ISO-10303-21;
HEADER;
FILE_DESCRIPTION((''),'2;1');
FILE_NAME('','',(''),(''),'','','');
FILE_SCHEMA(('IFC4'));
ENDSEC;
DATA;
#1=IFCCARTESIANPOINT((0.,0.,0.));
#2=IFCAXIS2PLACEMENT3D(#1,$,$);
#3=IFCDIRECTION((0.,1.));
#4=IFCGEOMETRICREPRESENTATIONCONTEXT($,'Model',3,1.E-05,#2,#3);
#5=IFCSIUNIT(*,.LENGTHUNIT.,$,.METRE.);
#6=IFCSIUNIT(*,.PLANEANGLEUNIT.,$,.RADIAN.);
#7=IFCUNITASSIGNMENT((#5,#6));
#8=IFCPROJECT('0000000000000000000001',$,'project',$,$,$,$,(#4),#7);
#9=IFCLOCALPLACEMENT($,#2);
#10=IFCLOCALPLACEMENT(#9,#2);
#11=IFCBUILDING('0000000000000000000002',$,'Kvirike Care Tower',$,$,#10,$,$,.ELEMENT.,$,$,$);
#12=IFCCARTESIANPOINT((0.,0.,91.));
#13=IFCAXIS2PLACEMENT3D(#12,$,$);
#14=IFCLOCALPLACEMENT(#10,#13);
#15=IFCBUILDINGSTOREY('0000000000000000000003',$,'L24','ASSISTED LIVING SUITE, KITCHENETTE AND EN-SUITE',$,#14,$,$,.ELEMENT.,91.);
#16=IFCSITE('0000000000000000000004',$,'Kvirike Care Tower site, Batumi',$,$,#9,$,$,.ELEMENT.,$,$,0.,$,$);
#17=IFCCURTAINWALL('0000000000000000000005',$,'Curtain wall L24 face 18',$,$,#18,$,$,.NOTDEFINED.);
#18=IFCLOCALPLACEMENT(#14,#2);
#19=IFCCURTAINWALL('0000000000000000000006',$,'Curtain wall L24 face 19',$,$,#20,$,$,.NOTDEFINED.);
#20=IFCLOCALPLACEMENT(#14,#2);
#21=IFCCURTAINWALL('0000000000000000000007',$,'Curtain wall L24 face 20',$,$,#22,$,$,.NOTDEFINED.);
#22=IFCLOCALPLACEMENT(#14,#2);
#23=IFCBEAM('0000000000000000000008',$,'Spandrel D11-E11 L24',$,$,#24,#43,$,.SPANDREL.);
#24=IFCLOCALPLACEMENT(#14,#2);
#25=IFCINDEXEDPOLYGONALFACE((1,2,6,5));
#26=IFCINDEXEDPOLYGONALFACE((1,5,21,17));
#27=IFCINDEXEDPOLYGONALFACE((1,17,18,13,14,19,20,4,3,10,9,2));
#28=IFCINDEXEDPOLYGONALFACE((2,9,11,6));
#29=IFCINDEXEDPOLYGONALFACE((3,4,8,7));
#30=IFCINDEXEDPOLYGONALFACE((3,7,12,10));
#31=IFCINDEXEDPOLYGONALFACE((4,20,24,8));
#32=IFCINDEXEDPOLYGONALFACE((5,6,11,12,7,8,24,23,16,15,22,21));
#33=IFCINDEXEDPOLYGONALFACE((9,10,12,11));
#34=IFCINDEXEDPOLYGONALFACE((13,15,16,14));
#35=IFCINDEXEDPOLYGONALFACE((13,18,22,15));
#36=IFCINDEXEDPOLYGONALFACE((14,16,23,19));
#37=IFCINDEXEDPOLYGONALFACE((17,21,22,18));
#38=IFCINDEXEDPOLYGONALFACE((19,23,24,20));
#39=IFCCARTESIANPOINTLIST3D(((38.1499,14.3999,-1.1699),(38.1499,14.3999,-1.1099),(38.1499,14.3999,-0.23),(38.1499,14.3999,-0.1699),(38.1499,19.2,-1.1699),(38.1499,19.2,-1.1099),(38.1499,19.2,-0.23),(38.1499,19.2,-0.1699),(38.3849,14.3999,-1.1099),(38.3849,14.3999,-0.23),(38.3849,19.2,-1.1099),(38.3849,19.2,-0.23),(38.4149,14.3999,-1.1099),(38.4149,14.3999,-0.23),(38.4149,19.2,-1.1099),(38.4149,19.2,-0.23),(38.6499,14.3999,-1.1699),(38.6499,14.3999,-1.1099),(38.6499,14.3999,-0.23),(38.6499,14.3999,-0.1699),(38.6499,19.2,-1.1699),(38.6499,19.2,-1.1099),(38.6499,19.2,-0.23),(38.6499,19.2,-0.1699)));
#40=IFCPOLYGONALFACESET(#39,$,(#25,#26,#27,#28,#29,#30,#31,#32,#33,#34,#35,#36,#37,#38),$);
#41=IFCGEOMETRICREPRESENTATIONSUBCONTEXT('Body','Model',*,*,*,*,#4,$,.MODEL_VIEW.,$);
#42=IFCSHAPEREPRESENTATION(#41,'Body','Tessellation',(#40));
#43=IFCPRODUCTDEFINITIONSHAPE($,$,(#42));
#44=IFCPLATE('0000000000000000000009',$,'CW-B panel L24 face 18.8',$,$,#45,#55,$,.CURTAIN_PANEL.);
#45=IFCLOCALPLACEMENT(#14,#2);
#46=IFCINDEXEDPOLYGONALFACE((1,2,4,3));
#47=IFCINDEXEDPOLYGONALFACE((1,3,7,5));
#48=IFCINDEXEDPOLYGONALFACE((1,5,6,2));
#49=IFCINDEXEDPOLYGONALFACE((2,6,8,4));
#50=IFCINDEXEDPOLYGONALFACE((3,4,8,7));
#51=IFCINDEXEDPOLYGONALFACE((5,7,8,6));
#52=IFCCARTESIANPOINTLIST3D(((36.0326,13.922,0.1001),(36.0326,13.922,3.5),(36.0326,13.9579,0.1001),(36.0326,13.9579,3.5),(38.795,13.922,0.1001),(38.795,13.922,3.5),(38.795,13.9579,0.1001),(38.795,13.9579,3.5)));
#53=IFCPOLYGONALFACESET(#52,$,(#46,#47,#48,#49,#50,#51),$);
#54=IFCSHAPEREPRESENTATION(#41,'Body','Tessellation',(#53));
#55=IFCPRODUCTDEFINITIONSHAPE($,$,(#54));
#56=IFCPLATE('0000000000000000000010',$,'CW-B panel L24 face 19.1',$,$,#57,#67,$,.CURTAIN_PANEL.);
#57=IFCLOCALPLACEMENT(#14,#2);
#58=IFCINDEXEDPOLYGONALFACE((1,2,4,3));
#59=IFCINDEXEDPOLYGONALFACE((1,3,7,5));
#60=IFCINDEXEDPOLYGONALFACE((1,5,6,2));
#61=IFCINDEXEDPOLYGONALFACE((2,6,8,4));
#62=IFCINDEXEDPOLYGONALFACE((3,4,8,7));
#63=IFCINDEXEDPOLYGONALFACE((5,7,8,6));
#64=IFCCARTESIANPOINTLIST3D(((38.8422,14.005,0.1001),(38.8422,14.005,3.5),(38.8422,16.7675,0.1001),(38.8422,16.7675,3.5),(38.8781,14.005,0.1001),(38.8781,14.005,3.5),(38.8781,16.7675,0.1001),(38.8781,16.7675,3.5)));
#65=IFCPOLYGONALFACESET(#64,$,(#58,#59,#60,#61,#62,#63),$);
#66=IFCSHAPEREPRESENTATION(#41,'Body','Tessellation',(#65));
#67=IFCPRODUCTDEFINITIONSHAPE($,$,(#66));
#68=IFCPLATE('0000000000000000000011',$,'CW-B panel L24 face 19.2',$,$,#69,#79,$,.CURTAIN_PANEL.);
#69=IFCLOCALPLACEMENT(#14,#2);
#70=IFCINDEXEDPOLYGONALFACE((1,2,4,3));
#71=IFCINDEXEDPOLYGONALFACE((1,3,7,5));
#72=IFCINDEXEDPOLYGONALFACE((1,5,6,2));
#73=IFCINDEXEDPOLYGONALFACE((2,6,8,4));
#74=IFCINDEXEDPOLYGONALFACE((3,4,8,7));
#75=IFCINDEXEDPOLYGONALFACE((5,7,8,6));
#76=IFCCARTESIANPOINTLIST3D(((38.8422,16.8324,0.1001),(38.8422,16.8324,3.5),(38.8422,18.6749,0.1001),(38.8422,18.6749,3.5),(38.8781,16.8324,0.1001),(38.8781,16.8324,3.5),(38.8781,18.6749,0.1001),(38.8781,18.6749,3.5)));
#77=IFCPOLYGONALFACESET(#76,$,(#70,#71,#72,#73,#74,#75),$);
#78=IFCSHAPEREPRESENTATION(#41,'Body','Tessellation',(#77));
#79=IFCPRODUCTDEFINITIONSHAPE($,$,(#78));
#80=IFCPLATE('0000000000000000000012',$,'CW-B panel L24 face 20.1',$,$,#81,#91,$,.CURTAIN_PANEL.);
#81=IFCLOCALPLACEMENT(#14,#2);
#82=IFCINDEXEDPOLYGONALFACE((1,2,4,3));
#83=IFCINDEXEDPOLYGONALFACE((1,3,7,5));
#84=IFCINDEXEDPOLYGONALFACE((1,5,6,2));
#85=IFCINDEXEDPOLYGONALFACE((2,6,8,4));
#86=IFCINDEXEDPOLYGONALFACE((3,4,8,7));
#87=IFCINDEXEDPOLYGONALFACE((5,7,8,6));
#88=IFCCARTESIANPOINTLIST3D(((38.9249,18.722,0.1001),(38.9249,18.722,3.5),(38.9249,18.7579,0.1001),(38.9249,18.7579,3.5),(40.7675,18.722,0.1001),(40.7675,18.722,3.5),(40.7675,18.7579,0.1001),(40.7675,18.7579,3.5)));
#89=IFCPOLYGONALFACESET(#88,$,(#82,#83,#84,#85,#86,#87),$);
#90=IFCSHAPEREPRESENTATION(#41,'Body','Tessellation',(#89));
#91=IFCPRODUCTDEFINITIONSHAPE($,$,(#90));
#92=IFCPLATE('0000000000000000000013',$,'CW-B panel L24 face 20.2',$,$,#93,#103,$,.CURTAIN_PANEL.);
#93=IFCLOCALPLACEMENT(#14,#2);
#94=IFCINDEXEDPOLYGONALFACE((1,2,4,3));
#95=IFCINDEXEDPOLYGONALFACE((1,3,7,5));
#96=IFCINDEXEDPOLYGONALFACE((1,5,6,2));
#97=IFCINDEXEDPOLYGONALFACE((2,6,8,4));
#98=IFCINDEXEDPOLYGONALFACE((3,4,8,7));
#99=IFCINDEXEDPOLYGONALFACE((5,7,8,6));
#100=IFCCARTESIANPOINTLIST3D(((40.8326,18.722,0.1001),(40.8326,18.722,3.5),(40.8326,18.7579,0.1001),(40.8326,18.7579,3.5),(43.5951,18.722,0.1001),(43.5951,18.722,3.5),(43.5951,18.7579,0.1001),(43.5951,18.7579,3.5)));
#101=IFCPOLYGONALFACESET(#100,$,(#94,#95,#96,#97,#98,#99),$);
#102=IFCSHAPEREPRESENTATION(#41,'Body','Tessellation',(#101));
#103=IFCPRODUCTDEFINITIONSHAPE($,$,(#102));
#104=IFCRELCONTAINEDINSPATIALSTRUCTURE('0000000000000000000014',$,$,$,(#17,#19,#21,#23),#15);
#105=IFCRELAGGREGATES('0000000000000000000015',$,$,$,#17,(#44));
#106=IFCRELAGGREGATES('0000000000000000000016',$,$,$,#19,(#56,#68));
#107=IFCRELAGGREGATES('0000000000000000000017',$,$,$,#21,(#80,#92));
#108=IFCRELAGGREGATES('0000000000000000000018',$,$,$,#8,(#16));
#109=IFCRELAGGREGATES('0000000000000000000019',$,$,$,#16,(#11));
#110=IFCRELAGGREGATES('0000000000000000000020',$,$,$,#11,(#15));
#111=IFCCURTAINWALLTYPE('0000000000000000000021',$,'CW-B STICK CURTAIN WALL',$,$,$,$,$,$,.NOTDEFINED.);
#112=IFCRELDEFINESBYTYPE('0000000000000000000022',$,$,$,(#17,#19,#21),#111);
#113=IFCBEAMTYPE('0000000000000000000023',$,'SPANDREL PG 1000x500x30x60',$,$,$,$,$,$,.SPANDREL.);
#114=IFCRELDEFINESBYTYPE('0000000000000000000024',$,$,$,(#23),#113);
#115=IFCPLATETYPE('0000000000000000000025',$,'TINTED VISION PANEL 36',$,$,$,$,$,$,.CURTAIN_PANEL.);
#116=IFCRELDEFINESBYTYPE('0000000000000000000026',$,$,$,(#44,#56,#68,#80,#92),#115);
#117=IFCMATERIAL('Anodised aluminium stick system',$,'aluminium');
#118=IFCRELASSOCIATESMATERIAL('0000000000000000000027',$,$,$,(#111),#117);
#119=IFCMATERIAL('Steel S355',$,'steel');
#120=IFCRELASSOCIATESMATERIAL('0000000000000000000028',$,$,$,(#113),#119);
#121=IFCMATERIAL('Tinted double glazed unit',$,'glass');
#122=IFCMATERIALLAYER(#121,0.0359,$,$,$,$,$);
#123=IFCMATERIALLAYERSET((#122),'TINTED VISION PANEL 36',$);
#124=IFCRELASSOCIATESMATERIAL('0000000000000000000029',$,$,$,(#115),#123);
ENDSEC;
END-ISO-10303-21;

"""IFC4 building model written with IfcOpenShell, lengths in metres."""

from ifc_helpers import new_model, si_unit, direction, frame, origin, origin_2d, place, context, subcontext, project, spatial, rectangle, i_section, extrude, material, layer, layer_set, material_profile, profile_set, type_object, element, aggregate, save


model = new_model("IFC4")

# Units and contexts
model_context = context("Model", 3, precision=1e-05, world=origin(), true_north=direction((0.0, 1.0)))
body_context = subcontext(model_context, "Body", "Model", "MODEL_VIEW")
ifc_project = project(units=[si_unit("LENGTHUNIT", "METRE"), si_unit("PLANEANGLEUNIT", "RADIAN")], contexts=[model_context])

# Site, building, storey
site_placement = place(None, origin())
site = spatial("IfcSite", under=ifc_project, at=site_placement, Name="Kvirike Care Tower site, Batumi", CompositionType="ELEMENT", RefElevation=0.0)
building_placement = place(site_placement, origin())
building = spatial("IfcBuilding", under=site, at=building_placement, Name="Kvirike Care Tower", CompositionType="ELEMENT")
storey_placement = place(building_placement, frame((0.0, 0.0, 91.0)))
storey = spatial("IfcBuildingStorey", under=building, at=storey_placement, Name="L24", Description="ASSISTED LIVING SUITE, KITCHENETTE AND EN-SUITE", CompositionType="ELEMENT", Elevation=91.0)

# Curtain walls
ifc_material_1 = material(Name="Anodised aluminium stick system", Category="aluminium")
curtain_wall_type = type_object("IfcCurtainWallType", Name="CW-B STICK CURTAIN WALL", PredefinedType="NOTDEFINED", material=ifc_material_1)
curtain_wall_1_placement = place(storey_placement, origin())
curtain_wall_1 = element("IfcCurtainWall", 1, at=curtain_wall_1_placement, inside=storey, type_object=curtain_wall_type, Name="Curtain wall L24 face 18", PredefinedType="NOTDEFINED")
curtain_wall_2_placement = place(storey_placement, origin())
curtain_wall_2 = element("IfcCurtainWall", 2, at=curtain_wall_2_placement, inside=storey, type_object=curtain_wall_type, Name="Curtain wall L24 face 19", PredefinedType="NOTDEFINED")
curtain_wall_3_placement = place(storey_placement, origin())
curtain_wall_3 = element("IfcCurtainWall", 3, at=curtain_wall_3_placement, inside=storey, type_object=curtain_wall_type, Name="Curtain wall L24 face 20", PredefinedType="NOTDEFINED")

# Beam
ifc_material_2 = material(Name="Steel S355", Category="steel")
ifc_material_profile_1 = material_profile(ifc_material_2, i_section(OverallWidth=0.5, OverallDepth=1.0, WebThickness=0.03, FlangeThickness=0.0601, at=origin_2d()), Name="PG 1000x500x30x60")
ifc_profile_set_1 = profile_set([ifc_material_profile_1], Name="Steel S355")
beam_type = type_object("IfcBeamType", Name="SPANDREL PG 1000x500x30x60", PredefinedType="SPANDREL", material=ifc_profile_set_1)
beam_placement = place(storey_placement, frame((38.3999, 14.3999, -0.6699), z_axis=(0.0, 1.0, 0.0), x_axis=(-1.0, 0.0, 0.0)))
element("IfcBeam", 4, at=beam_placement, inside=storey, type_object=beam_type, Name="Spandrel D11-E11 L24", PredefinedType="SPANDREL", context=body_context, shape_type="SweptSolid", body=[
    extrude(i_section(OverallWidth=0.5, OverallDepth=1.0, WebThickness=0.03, FlangeThickness=0.0601, at=origin_2d()), origin(), (0.0, 0.0, 1.0), 4.8),
])

# Plates
ifc_material_3 = material(Name="Tinted double glazed unit", Category="glass")
ifc_layer = layer(ifc_material_3, 0.0359)
ifc_layer_set = layer_set([ifc_layer], Name="TINTED VISION PANEL 36")
plate_type = type_object("IfcPlateType", Name="TINTED VISION PANEL 36", PredefinedType="CURTAIN_PANEL", material=ifc_layer_set)
plate_1_placement = place(storey_placement, frame((37.4138, 13.9399, 0.1001), z_axis=(0.0, 0.0, 1.0), x_axis=(1.0, 0.0, 0.0)))
plate_1 = element("IfcPlate", 5, at=plate_1_placement, type_object=plate_type, Name="CW-B panel L24 face 18.8", PredefinedType="CURTAIN_PANEL", context=body_context, shape_type="SweptSolid", body=[
    extrude(rectangle(XDim=2.7625, YDim=0.0359, at=origin_2d()), origin(), (0.0, 0.0, 1.0), 3.3999),
])
aggregate(curtain_wall_1, [plate_1])
plate_2_placement = place(storey_placement, frame((38.8601, 15.3862, 0.1001), z_axis=(0.0, 0.0, 1.0), x_axis=(0.0, 1.0, 0.0)))
plate_2 = element("IfcPlate", 6, at=plate_2_placement, type_object=plate_type, Name="CW-B panel L24 face 19.1", PredefinedType="CURTAIN_PANEL", context=body_context, shape_type="SweptSolid", body=[
    extrude(rectangle(XDim=2.7625, YDim=0.0359, at=origin_2d()), origin(), (0.0, 0.0, 1.0), 3.3999),
])
plate_3_placement = place(storey_placement, frame((38.8601, 17.7537, 0.1001), z_axis=(0.0, 0.0, 1.0), x_axis=(0.0, 1.0, 0.0)))
plate_3 = element("IfcPlate", 7, at=plate_3_placement, type_object=plate_type, Name="CW-B panel L24 face 19.2", PredefinedType="CURTAIN_PANEL", context=body_context, shape_type="SweptSolid", body=[
    extrude(rectangle(XDim=1.8425, YDim=0.0359, at=origin_2d()), origin(), (0.0, 0.0, 1.0), 3.3999),
])
aggregate(curtain_wall_2, [plate_2, plate_3])
plate_4_placement = place(storey_placement, frame((39.8462, 18.74, 0.1001), z_axis=(0.0, 0.0, 1.0), x_axis=(1.0, 0.0, 0.0)))
plate_4 = element("IfcPlate", 8, at=plate_4_placement, type_object=plate_type, Name="CW-B panel L24 face 20.1", PredefinedType="CURTAIN_PANEL", context=body_context, shape_type="SweptSolid", body=[
    extrude(rectangle(XDim=1.8425, YDim=0.0359, at=origin_2d()), origin(), (0.0, 0.0, 1.0), 3.3999),
])
plate_5_placement = place(storey_placement, frame((42.2139, 18.74, 0.1001), z_axis=(0.0, 0.0, 1.0), x_axis=(1.0, 0.0, 0.0)))
plate_5 = element("IfcPlate", 9, at=plate_5_placement, type_object=plate_type, Name="CW-B panel L24 face 20.2", PredefinedType="CURTAIN_PANEL", context=body_context, shape_type="SweptSolid", body=[
    extrude(rectangle(XDim=2.7625, YDim=0.0359, at=origin_2d()), origin(), (0.0, 0.0, 1.0), 3.3999),
])
aggregate(curtain_wall_3, [plate_4, plate_5])

save(model, "model.ifc")
